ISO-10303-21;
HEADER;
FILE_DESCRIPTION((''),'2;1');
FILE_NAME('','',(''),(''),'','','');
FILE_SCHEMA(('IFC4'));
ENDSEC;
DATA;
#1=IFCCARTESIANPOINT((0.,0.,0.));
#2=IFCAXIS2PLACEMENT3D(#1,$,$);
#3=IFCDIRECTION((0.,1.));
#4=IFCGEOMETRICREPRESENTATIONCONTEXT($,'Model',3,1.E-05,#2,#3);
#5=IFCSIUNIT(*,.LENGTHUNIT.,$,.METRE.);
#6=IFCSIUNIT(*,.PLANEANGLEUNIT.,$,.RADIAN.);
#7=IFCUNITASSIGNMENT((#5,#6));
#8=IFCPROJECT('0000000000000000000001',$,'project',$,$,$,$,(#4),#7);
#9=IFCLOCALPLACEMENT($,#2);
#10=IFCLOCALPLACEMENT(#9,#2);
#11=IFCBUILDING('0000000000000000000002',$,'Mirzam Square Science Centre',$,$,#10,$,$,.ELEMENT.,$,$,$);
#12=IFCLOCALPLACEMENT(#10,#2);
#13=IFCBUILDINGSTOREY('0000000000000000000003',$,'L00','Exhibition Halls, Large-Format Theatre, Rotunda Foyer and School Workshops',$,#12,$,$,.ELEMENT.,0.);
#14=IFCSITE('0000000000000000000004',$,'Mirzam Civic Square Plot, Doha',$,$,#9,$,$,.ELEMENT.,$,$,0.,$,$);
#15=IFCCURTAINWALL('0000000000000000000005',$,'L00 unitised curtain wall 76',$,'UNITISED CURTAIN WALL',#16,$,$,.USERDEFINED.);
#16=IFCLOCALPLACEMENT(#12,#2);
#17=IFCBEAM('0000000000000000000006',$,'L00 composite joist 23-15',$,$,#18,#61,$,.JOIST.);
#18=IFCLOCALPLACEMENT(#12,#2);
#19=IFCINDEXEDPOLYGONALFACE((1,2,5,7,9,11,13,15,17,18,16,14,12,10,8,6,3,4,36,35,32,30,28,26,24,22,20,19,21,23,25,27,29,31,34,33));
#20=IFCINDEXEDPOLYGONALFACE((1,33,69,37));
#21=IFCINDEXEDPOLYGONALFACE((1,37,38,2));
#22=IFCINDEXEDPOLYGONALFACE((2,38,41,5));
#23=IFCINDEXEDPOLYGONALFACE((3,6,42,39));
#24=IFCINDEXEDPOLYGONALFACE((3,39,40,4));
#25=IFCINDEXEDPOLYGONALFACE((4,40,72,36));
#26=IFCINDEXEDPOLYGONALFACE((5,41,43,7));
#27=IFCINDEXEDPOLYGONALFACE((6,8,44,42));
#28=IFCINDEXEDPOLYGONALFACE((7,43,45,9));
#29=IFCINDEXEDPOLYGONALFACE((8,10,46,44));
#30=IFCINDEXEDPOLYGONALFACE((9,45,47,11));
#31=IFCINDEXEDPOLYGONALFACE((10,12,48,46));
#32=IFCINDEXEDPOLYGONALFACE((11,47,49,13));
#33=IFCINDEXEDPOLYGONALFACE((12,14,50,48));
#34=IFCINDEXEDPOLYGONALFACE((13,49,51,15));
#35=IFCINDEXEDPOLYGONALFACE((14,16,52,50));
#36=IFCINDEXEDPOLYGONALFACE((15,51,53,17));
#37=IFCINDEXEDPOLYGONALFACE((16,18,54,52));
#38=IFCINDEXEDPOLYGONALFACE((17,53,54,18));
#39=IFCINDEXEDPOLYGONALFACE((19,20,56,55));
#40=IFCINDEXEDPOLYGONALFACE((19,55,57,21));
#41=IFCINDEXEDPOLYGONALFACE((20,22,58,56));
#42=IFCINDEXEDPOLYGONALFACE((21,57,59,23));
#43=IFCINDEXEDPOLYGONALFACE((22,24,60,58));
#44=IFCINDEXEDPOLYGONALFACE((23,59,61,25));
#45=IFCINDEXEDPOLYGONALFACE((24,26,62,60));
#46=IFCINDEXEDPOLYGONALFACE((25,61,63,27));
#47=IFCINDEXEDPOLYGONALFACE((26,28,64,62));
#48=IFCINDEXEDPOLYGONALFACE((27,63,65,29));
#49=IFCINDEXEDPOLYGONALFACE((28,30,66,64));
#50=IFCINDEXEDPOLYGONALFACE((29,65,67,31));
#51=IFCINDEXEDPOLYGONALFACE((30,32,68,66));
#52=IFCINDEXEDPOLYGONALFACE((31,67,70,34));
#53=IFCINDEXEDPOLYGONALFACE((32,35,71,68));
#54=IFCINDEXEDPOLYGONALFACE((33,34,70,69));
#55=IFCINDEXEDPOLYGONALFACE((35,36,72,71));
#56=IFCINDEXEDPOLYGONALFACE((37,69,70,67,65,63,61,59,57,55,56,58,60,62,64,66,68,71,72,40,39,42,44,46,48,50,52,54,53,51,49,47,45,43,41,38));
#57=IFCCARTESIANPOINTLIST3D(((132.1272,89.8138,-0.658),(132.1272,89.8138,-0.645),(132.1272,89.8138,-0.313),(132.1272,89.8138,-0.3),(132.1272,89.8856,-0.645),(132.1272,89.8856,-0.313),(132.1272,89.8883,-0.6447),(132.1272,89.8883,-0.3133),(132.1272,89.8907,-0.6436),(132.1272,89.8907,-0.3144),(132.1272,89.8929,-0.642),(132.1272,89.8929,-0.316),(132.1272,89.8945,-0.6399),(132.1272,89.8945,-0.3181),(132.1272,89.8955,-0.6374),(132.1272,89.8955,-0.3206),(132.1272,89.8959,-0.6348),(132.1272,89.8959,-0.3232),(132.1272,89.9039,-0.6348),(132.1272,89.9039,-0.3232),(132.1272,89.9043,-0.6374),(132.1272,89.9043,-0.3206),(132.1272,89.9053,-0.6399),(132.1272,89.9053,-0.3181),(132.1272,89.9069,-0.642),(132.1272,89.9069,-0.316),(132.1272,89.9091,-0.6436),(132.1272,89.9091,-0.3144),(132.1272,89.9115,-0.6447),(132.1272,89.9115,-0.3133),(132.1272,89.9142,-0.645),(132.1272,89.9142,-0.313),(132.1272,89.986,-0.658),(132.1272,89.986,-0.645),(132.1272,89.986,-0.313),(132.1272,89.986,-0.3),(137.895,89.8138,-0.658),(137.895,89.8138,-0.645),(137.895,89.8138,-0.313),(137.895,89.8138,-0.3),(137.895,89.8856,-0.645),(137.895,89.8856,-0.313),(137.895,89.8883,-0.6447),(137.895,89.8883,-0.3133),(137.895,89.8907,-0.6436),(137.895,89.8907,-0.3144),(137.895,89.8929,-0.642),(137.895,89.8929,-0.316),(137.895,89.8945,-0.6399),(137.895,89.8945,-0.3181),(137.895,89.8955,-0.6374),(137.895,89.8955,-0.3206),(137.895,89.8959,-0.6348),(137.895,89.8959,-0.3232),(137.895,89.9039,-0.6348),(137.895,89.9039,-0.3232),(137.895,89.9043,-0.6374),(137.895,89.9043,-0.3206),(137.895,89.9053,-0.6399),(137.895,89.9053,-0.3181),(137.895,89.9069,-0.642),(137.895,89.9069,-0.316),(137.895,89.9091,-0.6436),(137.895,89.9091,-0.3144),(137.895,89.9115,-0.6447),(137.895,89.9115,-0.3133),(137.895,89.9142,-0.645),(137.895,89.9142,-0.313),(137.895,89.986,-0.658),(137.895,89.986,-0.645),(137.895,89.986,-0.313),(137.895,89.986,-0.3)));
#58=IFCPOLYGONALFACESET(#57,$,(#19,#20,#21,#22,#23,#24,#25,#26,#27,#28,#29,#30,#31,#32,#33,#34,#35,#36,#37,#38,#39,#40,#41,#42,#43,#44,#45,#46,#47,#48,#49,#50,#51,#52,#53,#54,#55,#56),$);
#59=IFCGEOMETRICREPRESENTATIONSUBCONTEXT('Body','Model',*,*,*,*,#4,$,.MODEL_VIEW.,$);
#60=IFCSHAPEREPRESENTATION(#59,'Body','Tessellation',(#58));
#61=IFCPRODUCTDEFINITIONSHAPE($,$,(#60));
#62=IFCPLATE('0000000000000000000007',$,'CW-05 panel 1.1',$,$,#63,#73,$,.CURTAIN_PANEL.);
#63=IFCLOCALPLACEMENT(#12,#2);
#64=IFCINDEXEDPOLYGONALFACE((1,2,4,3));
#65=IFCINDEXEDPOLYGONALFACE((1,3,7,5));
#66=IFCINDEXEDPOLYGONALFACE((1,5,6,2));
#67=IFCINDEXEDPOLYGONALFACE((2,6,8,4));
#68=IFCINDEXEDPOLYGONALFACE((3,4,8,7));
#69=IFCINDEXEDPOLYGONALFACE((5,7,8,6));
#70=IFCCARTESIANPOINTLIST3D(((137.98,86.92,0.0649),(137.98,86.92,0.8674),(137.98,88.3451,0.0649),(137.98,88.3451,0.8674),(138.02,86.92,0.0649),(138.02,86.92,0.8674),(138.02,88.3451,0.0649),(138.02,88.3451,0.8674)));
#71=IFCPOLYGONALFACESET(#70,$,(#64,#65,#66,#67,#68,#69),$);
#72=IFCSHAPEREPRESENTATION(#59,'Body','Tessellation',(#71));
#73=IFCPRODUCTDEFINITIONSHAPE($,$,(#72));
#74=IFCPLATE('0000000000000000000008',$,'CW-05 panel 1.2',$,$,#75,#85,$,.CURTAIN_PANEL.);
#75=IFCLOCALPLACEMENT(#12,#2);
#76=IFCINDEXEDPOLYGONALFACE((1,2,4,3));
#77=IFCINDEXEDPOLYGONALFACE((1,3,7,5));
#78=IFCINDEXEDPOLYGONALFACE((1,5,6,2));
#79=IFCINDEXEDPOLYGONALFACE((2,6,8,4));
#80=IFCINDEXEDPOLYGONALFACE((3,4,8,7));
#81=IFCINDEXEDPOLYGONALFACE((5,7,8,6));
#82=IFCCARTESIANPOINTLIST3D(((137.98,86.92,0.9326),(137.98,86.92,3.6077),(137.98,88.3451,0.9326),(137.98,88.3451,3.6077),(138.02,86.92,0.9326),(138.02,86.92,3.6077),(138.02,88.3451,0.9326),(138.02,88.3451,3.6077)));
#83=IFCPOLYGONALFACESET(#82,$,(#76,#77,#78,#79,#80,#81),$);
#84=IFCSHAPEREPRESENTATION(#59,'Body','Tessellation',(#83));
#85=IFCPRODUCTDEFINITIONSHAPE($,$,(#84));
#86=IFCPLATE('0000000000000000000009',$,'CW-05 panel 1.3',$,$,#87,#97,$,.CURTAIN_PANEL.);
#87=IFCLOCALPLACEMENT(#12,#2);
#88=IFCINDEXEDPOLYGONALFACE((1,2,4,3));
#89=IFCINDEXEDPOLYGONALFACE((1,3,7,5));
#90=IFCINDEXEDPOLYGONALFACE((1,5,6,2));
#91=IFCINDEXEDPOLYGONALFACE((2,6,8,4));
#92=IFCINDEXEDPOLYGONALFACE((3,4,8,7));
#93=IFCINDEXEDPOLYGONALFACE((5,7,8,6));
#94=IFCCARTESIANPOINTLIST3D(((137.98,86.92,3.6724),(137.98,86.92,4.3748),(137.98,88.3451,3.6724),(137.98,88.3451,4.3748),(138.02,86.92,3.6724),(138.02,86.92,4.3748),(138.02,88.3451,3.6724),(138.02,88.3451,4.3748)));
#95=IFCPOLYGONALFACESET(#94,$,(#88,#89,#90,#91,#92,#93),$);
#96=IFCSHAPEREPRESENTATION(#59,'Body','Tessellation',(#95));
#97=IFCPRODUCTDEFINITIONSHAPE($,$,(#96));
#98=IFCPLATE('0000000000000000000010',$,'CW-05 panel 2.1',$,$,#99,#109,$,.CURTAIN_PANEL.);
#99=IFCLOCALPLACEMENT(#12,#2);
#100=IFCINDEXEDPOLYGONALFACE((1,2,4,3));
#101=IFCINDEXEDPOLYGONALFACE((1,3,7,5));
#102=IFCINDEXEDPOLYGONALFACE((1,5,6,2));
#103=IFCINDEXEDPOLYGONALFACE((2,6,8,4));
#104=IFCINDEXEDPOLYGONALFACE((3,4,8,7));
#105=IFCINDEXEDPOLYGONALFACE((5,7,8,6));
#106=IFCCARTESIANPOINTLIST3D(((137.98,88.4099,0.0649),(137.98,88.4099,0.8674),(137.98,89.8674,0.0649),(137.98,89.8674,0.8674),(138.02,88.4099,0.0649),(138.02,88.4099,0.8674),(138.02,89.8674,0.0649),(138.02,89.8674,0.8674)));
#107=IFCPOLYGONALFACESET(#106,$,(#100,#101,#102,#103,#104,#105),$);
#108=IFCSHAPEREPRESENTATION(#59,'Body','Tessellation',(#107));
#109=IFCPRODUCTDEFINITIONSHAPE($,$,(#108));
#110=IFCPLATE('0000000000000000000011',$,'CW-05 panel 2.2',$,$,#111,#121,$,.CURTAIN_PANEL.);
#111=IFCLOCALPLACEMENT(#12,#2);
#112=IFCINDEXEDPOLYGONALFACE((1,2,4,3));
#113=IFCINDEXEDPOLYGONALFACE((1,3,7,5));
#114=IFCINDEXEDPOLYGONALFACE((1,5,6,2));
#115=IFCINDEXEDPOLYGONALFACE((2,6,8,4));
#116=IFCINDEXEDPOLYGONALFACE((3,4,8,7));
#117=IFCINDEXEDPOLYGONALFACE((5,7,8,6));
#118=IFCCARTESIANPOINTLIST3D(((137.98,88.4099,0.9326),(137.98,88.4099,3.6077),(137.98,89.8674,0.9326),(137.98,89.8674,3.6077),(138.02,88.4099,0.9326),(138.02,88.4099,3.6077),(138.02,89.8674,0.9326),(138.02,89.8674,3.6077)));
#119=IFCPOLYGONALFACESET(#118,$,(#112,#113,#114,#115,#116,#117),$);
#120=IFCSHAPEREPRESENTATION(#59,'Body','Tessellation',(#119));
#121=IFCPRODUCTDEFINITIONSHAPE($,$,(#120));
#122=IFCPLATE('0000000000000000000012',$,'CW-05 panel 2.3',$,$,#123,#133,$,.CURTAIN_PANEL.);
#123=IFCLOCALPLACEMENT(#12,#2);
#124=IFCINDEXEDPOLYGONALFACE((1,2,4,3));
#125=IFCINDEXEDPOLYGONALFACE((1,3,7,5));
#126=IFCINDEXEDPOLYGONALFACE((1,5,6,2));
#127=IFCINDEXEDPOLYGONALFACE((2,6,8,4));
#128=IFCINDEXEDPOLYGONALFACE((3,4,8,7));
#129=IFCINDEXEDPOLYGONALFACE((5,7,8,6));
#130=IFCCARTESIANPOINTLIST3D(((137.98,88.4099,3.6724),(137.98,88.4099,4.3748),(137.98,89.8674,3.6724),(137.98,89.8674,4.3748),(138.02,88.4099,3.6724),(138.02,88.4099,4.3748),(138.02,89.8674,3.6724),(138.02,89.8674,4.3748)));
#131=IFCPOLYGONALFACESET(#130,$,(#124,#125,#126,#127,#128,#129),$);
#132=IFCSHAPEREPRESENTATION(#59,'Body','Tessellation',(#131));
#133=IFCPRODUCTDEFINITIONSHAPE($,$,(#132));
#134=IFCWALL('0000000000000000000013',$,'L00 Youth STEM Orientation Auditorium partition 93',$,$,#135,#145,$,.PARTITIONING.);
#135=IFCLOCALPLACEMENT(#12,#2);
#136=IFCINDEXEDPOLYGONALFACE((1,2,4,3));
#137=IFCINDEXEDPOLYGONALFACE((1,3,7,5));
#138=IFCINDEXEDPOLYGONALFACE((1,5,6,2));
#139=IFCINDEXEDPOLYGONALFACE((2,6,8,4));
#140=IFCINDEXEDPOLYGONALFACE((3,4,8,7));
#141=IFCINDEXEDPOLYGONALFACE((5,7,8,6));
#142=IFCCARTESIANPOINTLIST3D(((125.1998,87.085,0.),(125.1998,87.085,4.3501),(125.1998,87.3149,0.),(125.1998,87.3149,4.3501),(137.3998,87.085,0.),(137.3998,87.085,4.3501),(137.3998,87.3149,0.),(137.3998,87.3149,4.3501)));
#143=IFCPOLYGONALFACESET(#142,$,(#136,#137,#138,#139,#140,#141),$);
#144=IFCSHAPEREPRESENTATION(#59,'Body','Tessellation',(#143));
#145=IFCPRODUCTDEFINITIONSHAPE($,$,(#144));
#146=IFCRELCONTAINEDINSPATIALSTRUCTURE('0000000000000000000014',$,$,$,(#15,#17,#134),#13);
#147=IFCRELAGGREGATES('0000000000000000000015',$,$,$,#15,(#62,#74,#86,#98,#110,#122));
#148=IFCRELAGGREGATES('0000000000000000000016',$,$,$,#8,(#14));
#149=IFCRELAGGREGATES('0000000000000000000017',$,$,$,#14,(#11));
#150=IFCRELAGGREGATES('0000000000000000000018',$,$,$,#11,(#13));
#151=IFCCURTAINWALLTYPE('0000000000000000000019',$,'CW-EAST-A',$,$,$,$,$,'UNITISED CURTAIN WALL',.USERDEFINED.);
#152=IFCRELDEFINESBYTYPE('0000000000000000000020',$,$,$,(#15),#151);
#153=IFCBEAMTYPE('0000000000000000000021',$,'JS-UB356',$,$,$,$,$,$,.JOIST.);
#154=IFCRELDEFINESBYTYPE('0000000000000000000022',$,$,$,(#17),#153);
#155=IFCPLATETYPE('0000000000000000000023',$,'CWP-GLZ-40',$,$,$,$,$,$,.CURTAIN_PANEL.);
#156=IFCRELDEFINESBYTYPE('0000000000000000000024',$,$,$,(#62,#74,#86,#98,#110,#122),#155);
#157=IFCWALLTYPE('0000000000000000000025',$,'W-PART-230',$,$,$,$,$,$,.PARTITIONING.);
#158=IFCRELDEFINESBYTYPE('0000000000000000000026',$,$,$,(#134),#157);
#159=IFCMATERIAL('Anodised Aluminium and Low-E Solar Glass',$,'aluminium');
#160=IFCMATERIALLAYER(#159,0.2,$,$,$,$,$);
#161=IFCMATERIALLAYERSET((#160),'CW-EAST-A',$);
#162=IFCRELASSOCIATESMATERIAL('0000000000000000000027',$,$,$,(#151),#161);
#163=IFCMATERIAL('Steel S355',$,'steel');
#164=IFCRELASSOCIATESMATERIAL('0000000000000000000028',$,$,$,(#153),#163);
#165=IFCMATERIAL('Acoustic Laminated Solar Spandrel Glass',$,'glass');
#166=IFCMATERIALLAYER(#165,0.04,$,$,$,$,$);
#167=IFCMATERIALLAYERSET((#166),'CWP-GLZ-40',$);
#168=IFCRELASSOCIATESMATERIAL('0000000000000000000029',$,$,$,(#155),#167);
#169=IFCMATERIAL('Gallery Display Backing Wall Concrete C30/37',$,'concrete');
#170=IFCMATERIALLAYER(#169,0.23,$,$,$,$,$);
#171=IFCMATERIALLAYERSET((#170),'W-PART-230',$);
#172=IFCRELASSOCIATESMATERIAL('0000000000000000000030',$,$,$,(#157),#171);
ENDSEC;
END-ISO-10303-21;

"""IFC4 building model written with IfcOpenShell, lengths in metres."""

from ifc_helpers import new_model, si_unit, direction, frame, frame_2d, origin, origin_2d, place, context, subcontext, project, spatial, rectangle, i_section, extrude, material, layer, layer_set, material_profile, profile_set, type_object, element, aggregate, save


model = new_model("IFC4")

# Units and contexts
model_context = context("Model", 3, precision=1e-05, world=origin(), true_north=direction((0.0, 1.0)))
body_context = subcontext(model_context, "Body", "Model", "MODEL_VIEW")
ifc_project = project(units=[si_unit("LENGTHUNIT", "METRE"), si_unit("PLANEANGLEUNIT", "RADIAN")], contexts=[model_context])

# Site, building, storey
site_placement = place(None, origin())
site = spatial("IfcSite", under=ifc_project, at=site_placement, Name="Mirzam Civic Square Plot, Doha", CompositionType="ELEMENT", RefElevation=0.0)
building_placement = place(site_placement, origin())
building = spatial("IfcBuilding", under=site, at=building_placement, Name="Mirzam Square Science Centre", CompositionType="ELEMENT")
storey_placement = place(building_placement, origin())
storey = spatial("IfcBuildingStorey", under=building, at=storey_placement, Name="L00", Description="Exhibition Halls, Large-Format Theatre, Rotunda Foyer and School Workshops", CompositionType="ELEMENT", Elevation=0.0)

# Curtain wall
ifc_material_1 = material(Name="Anodised Aluminium and Low-E Solar Glass", Category="aluminium")
ifc_layer_1 = layer(ifc_material_1, 0.2)
ifc_layer_set_1 = layer_set([ifc_layer_1], Name="CW-EAST-A")
curtain_wall_type = type_object("IfcCurtainWallType", Name="CW-EAST-A", ElementType="UNITISED CURTAIN WALL", PredefinedType="USERDEFINED", material=ifc_layer_set_1)
curtain_wall_placement = place(storey_placement, origin())
curtain_wall = element("IfcCurtainWall", 1, at=curtain_wall_placement, inside=storey, type_object=curtain_wall_type, Name="L00 unitised curtain wall 76", ObjectType="UNITISED CURTAIN WALL", PredefinedType="USERDEFINED")

# Beam
ifc_material_2 = material(Name="Steel S355", Category="steel")
ifc_material_profile_1 = material_profile(ifc_material_2, i_section(OverallWidth=0.1721, OverallDepth=0.3579, WebThickness=0.0081, FlangeThickness=0.0129, FilletRadius=0.0103, at=origin_2d()), Name="356x171x57UB")
ifc_profile_set_1 = profile_set([ifc_material_profile_1], Name="Steel S355")
beam_type = type_object("IfcBeamType", Name="JS-UB356", PredefinedType="JOIST", material=ifc_profile_set_1)
beam_placement = place(storey_placement, frame((132.1272, 89.8999, -0.479), z_axis=(1.0, 0.0, 0.0), x_axis=(0.0, 1.0, 0.0)))
element("IfcBeam", 2, at=beam_placement, inside=storey, type_object=beam_type, Name="L00 composite joist 23-15", PredefinedType="JOIST", context=body_context, shape_type="SweptSolid", body=[
    extrude(i_section(OverallWidth=0.1721, OverallDepth=0.3579, WebThickness=0.0081, FlangeThickness=0.0129, FilletRadius=0.0103, at=origin_2d()), origin(), (0.0, 0.0, 1.0), 5.7678),
])

# Plates
ifc_material_3 = material(Name="Acoustic Laminated Solar Spandrel Glass", Category="glass")
ifc_layer_2 = layer(ifc_material_3, 0.04)
ifc_layer_set_2 = layer_set([ifc_layer_2], Name="CWP-GLZ-40")
plate_type = type_object("IfcPlateType", Name="CWP-GLZ-40", PredefinedType="CURTAIN_PANEL", material=ifc_layer_set_2)
plate_1_placement = place(storey_placement, frame((138.0, 87.6326, 0.0649), z_axis=(0.0, 0.0, 1.0), x_axis=(0.0, 1.0, 0.0)))
plate_1 = element("IfcPlate", 3, at=plate_1_placement, type_object=plate_type, Name="CW-05 panel 1.1", PredefinedType="CURTAIN_PANEL", context=body_context, shape_type="SweptSolid", body=[
    extrude(rectangle(XDim=1.425, YDim=0.04, at=origin_2d()), origin(), (0.0, 0.0, 1.0), 0.8025),
])
plate_2_placement = place(storey_placement, frame((138.0, 87.6326, 0.9326), z_axis=(0.0, 0.0, 1.0), x_axis=(0.0, 1.0, 0.0)))
plate_2 = element("IfcPlate", 4, at=plate_2_placement, type_object=plate_type, Name="CW-05 panel 1.2", PredefinedType="CURTAIN_PANEL", context=body_context, shape_type="SweptSolid", body=[
    extrude(rectangle(XDim=1.425, YDim=0.04, at=origin_2d()), origin(), (0.0, 0.0, 1.0), 2.675),
])
plate_3_placement = place(storey_placement, frame((138.0, 87.6326, 3.6724), z_axis=(0.0, 0.0, 1.0), x_axis=(0.0, 1.0, 0.0)))
plate_3 = element("IfcPlate", 5, at=plate_3_placement, type_object=plate_type, Name="CW-05 panel 1.3", PredefinedType="CURTAIN_PANEL", context=body_context, shape_type="SweptSolid", body=[
    extrude(rectangle(XDim=1.425, YDim=0.04, at=origin_2d()), origin(), (0.0, 0.0, 1.0), 0.7024),
])
plate_4_placement = place(storey_placement, frame((138.0, 89.1387, 0.0649), z_axis=(0.0, 0.0, 1.0), x_axis=(0.0, 1.0, 0.0)))
plate_4 = element("IfcPlate", 6, at=plate_4_placement, type_object=plate_type, Name="CW-05 panel 2.1", PredefinedType="CURTAIN_PANEL", context=body_context, shape_type="SweptSolid", body=[
    extrude(rectangle(XDim=1.4575, YDim=0.04, at=origin_2d()), origin(), (0.0, 0.0, 1.0), 0.8025),
])
plate_5_placement = place(storey_placement, frame((138.0, 89.1387, 0.9326), z_axis=(0.0, 0.0, 1.0), x_axis=(0.0, 1.0, 0.0)))
plate_5 = element("IfcPlate", 7, at=plate_5_placement, type_object=plate_type, Name="CW-05 panel 2.2", PredefinedType="CURTAIN_PANEL", context=body_context, shape_type="SweptSolid", body=[
    extrude(rectangle(XDim=1.4575, YDim=0.04, at=origin_2d()), origin(), (0.0, 0.0, 1.0), 2.675),
])
plate_6_placement = place(storey_placement, frame((138.0, 89.1387, 3.6724), z_axis=(0.0, 0.0, 1.0), x_axis=(0.0, 1.0, 0.0)))
plate_6 = element("IfcPlate", 8, at=plate_6_placement, type_object=plate_type, Name="CW-05 panel 2.3", PredefinedType="CURTAIN_PANEL", context=body_context, shape_type="SweptSolid", body=[
    extrude(rectangle(XDim=1.4575, YDim=0.04, at=origin_2d()), origin(), (0.0, 0.0, 1.0), 0.7024),
])
aggregate(curtain_wall, [plate_1, plate_2, plate_3, plate_4, plate_5, plate_6])

# Wall
ifc_material_4 = material(Name="Gallery Display Backing Wall Concrete C30/37", Category="concrete")
ifc_layer_3 = layer(ifc_material_4, 0.23)
ifc_layer_set_3 = layer_set([ifc_layer_3], Name="W-PART-230")
wall_type = type_object("IfcWallType", Name="W-PART-230", PredefinedType="PARTITIONING", material=ifc_layer_set_3)
wall_placement = place(storey_placement, frame((137.3999, 87.2, 0.0), z_axis=(0.0, 0.0, 1.0), x_axis=(-1.0, 0.0, 0.0)))
element("IfcWall", 9, at=wall_placement, inside=storey, type_object=wall_type, Name="L00 Youth STEM Orientation Auditorium partition 93", PredefinedType="PARTITIONING", context=body_context, shape_type="SweptSolid", body=[
    extrude(rectangle(XDim=12.2, YDim=0.23, at=frame_2d((6.1001, 0.0))), origin(), (0.0, 0.0, 1.0), 4.3501),
])

save(model, "model.ifc")
